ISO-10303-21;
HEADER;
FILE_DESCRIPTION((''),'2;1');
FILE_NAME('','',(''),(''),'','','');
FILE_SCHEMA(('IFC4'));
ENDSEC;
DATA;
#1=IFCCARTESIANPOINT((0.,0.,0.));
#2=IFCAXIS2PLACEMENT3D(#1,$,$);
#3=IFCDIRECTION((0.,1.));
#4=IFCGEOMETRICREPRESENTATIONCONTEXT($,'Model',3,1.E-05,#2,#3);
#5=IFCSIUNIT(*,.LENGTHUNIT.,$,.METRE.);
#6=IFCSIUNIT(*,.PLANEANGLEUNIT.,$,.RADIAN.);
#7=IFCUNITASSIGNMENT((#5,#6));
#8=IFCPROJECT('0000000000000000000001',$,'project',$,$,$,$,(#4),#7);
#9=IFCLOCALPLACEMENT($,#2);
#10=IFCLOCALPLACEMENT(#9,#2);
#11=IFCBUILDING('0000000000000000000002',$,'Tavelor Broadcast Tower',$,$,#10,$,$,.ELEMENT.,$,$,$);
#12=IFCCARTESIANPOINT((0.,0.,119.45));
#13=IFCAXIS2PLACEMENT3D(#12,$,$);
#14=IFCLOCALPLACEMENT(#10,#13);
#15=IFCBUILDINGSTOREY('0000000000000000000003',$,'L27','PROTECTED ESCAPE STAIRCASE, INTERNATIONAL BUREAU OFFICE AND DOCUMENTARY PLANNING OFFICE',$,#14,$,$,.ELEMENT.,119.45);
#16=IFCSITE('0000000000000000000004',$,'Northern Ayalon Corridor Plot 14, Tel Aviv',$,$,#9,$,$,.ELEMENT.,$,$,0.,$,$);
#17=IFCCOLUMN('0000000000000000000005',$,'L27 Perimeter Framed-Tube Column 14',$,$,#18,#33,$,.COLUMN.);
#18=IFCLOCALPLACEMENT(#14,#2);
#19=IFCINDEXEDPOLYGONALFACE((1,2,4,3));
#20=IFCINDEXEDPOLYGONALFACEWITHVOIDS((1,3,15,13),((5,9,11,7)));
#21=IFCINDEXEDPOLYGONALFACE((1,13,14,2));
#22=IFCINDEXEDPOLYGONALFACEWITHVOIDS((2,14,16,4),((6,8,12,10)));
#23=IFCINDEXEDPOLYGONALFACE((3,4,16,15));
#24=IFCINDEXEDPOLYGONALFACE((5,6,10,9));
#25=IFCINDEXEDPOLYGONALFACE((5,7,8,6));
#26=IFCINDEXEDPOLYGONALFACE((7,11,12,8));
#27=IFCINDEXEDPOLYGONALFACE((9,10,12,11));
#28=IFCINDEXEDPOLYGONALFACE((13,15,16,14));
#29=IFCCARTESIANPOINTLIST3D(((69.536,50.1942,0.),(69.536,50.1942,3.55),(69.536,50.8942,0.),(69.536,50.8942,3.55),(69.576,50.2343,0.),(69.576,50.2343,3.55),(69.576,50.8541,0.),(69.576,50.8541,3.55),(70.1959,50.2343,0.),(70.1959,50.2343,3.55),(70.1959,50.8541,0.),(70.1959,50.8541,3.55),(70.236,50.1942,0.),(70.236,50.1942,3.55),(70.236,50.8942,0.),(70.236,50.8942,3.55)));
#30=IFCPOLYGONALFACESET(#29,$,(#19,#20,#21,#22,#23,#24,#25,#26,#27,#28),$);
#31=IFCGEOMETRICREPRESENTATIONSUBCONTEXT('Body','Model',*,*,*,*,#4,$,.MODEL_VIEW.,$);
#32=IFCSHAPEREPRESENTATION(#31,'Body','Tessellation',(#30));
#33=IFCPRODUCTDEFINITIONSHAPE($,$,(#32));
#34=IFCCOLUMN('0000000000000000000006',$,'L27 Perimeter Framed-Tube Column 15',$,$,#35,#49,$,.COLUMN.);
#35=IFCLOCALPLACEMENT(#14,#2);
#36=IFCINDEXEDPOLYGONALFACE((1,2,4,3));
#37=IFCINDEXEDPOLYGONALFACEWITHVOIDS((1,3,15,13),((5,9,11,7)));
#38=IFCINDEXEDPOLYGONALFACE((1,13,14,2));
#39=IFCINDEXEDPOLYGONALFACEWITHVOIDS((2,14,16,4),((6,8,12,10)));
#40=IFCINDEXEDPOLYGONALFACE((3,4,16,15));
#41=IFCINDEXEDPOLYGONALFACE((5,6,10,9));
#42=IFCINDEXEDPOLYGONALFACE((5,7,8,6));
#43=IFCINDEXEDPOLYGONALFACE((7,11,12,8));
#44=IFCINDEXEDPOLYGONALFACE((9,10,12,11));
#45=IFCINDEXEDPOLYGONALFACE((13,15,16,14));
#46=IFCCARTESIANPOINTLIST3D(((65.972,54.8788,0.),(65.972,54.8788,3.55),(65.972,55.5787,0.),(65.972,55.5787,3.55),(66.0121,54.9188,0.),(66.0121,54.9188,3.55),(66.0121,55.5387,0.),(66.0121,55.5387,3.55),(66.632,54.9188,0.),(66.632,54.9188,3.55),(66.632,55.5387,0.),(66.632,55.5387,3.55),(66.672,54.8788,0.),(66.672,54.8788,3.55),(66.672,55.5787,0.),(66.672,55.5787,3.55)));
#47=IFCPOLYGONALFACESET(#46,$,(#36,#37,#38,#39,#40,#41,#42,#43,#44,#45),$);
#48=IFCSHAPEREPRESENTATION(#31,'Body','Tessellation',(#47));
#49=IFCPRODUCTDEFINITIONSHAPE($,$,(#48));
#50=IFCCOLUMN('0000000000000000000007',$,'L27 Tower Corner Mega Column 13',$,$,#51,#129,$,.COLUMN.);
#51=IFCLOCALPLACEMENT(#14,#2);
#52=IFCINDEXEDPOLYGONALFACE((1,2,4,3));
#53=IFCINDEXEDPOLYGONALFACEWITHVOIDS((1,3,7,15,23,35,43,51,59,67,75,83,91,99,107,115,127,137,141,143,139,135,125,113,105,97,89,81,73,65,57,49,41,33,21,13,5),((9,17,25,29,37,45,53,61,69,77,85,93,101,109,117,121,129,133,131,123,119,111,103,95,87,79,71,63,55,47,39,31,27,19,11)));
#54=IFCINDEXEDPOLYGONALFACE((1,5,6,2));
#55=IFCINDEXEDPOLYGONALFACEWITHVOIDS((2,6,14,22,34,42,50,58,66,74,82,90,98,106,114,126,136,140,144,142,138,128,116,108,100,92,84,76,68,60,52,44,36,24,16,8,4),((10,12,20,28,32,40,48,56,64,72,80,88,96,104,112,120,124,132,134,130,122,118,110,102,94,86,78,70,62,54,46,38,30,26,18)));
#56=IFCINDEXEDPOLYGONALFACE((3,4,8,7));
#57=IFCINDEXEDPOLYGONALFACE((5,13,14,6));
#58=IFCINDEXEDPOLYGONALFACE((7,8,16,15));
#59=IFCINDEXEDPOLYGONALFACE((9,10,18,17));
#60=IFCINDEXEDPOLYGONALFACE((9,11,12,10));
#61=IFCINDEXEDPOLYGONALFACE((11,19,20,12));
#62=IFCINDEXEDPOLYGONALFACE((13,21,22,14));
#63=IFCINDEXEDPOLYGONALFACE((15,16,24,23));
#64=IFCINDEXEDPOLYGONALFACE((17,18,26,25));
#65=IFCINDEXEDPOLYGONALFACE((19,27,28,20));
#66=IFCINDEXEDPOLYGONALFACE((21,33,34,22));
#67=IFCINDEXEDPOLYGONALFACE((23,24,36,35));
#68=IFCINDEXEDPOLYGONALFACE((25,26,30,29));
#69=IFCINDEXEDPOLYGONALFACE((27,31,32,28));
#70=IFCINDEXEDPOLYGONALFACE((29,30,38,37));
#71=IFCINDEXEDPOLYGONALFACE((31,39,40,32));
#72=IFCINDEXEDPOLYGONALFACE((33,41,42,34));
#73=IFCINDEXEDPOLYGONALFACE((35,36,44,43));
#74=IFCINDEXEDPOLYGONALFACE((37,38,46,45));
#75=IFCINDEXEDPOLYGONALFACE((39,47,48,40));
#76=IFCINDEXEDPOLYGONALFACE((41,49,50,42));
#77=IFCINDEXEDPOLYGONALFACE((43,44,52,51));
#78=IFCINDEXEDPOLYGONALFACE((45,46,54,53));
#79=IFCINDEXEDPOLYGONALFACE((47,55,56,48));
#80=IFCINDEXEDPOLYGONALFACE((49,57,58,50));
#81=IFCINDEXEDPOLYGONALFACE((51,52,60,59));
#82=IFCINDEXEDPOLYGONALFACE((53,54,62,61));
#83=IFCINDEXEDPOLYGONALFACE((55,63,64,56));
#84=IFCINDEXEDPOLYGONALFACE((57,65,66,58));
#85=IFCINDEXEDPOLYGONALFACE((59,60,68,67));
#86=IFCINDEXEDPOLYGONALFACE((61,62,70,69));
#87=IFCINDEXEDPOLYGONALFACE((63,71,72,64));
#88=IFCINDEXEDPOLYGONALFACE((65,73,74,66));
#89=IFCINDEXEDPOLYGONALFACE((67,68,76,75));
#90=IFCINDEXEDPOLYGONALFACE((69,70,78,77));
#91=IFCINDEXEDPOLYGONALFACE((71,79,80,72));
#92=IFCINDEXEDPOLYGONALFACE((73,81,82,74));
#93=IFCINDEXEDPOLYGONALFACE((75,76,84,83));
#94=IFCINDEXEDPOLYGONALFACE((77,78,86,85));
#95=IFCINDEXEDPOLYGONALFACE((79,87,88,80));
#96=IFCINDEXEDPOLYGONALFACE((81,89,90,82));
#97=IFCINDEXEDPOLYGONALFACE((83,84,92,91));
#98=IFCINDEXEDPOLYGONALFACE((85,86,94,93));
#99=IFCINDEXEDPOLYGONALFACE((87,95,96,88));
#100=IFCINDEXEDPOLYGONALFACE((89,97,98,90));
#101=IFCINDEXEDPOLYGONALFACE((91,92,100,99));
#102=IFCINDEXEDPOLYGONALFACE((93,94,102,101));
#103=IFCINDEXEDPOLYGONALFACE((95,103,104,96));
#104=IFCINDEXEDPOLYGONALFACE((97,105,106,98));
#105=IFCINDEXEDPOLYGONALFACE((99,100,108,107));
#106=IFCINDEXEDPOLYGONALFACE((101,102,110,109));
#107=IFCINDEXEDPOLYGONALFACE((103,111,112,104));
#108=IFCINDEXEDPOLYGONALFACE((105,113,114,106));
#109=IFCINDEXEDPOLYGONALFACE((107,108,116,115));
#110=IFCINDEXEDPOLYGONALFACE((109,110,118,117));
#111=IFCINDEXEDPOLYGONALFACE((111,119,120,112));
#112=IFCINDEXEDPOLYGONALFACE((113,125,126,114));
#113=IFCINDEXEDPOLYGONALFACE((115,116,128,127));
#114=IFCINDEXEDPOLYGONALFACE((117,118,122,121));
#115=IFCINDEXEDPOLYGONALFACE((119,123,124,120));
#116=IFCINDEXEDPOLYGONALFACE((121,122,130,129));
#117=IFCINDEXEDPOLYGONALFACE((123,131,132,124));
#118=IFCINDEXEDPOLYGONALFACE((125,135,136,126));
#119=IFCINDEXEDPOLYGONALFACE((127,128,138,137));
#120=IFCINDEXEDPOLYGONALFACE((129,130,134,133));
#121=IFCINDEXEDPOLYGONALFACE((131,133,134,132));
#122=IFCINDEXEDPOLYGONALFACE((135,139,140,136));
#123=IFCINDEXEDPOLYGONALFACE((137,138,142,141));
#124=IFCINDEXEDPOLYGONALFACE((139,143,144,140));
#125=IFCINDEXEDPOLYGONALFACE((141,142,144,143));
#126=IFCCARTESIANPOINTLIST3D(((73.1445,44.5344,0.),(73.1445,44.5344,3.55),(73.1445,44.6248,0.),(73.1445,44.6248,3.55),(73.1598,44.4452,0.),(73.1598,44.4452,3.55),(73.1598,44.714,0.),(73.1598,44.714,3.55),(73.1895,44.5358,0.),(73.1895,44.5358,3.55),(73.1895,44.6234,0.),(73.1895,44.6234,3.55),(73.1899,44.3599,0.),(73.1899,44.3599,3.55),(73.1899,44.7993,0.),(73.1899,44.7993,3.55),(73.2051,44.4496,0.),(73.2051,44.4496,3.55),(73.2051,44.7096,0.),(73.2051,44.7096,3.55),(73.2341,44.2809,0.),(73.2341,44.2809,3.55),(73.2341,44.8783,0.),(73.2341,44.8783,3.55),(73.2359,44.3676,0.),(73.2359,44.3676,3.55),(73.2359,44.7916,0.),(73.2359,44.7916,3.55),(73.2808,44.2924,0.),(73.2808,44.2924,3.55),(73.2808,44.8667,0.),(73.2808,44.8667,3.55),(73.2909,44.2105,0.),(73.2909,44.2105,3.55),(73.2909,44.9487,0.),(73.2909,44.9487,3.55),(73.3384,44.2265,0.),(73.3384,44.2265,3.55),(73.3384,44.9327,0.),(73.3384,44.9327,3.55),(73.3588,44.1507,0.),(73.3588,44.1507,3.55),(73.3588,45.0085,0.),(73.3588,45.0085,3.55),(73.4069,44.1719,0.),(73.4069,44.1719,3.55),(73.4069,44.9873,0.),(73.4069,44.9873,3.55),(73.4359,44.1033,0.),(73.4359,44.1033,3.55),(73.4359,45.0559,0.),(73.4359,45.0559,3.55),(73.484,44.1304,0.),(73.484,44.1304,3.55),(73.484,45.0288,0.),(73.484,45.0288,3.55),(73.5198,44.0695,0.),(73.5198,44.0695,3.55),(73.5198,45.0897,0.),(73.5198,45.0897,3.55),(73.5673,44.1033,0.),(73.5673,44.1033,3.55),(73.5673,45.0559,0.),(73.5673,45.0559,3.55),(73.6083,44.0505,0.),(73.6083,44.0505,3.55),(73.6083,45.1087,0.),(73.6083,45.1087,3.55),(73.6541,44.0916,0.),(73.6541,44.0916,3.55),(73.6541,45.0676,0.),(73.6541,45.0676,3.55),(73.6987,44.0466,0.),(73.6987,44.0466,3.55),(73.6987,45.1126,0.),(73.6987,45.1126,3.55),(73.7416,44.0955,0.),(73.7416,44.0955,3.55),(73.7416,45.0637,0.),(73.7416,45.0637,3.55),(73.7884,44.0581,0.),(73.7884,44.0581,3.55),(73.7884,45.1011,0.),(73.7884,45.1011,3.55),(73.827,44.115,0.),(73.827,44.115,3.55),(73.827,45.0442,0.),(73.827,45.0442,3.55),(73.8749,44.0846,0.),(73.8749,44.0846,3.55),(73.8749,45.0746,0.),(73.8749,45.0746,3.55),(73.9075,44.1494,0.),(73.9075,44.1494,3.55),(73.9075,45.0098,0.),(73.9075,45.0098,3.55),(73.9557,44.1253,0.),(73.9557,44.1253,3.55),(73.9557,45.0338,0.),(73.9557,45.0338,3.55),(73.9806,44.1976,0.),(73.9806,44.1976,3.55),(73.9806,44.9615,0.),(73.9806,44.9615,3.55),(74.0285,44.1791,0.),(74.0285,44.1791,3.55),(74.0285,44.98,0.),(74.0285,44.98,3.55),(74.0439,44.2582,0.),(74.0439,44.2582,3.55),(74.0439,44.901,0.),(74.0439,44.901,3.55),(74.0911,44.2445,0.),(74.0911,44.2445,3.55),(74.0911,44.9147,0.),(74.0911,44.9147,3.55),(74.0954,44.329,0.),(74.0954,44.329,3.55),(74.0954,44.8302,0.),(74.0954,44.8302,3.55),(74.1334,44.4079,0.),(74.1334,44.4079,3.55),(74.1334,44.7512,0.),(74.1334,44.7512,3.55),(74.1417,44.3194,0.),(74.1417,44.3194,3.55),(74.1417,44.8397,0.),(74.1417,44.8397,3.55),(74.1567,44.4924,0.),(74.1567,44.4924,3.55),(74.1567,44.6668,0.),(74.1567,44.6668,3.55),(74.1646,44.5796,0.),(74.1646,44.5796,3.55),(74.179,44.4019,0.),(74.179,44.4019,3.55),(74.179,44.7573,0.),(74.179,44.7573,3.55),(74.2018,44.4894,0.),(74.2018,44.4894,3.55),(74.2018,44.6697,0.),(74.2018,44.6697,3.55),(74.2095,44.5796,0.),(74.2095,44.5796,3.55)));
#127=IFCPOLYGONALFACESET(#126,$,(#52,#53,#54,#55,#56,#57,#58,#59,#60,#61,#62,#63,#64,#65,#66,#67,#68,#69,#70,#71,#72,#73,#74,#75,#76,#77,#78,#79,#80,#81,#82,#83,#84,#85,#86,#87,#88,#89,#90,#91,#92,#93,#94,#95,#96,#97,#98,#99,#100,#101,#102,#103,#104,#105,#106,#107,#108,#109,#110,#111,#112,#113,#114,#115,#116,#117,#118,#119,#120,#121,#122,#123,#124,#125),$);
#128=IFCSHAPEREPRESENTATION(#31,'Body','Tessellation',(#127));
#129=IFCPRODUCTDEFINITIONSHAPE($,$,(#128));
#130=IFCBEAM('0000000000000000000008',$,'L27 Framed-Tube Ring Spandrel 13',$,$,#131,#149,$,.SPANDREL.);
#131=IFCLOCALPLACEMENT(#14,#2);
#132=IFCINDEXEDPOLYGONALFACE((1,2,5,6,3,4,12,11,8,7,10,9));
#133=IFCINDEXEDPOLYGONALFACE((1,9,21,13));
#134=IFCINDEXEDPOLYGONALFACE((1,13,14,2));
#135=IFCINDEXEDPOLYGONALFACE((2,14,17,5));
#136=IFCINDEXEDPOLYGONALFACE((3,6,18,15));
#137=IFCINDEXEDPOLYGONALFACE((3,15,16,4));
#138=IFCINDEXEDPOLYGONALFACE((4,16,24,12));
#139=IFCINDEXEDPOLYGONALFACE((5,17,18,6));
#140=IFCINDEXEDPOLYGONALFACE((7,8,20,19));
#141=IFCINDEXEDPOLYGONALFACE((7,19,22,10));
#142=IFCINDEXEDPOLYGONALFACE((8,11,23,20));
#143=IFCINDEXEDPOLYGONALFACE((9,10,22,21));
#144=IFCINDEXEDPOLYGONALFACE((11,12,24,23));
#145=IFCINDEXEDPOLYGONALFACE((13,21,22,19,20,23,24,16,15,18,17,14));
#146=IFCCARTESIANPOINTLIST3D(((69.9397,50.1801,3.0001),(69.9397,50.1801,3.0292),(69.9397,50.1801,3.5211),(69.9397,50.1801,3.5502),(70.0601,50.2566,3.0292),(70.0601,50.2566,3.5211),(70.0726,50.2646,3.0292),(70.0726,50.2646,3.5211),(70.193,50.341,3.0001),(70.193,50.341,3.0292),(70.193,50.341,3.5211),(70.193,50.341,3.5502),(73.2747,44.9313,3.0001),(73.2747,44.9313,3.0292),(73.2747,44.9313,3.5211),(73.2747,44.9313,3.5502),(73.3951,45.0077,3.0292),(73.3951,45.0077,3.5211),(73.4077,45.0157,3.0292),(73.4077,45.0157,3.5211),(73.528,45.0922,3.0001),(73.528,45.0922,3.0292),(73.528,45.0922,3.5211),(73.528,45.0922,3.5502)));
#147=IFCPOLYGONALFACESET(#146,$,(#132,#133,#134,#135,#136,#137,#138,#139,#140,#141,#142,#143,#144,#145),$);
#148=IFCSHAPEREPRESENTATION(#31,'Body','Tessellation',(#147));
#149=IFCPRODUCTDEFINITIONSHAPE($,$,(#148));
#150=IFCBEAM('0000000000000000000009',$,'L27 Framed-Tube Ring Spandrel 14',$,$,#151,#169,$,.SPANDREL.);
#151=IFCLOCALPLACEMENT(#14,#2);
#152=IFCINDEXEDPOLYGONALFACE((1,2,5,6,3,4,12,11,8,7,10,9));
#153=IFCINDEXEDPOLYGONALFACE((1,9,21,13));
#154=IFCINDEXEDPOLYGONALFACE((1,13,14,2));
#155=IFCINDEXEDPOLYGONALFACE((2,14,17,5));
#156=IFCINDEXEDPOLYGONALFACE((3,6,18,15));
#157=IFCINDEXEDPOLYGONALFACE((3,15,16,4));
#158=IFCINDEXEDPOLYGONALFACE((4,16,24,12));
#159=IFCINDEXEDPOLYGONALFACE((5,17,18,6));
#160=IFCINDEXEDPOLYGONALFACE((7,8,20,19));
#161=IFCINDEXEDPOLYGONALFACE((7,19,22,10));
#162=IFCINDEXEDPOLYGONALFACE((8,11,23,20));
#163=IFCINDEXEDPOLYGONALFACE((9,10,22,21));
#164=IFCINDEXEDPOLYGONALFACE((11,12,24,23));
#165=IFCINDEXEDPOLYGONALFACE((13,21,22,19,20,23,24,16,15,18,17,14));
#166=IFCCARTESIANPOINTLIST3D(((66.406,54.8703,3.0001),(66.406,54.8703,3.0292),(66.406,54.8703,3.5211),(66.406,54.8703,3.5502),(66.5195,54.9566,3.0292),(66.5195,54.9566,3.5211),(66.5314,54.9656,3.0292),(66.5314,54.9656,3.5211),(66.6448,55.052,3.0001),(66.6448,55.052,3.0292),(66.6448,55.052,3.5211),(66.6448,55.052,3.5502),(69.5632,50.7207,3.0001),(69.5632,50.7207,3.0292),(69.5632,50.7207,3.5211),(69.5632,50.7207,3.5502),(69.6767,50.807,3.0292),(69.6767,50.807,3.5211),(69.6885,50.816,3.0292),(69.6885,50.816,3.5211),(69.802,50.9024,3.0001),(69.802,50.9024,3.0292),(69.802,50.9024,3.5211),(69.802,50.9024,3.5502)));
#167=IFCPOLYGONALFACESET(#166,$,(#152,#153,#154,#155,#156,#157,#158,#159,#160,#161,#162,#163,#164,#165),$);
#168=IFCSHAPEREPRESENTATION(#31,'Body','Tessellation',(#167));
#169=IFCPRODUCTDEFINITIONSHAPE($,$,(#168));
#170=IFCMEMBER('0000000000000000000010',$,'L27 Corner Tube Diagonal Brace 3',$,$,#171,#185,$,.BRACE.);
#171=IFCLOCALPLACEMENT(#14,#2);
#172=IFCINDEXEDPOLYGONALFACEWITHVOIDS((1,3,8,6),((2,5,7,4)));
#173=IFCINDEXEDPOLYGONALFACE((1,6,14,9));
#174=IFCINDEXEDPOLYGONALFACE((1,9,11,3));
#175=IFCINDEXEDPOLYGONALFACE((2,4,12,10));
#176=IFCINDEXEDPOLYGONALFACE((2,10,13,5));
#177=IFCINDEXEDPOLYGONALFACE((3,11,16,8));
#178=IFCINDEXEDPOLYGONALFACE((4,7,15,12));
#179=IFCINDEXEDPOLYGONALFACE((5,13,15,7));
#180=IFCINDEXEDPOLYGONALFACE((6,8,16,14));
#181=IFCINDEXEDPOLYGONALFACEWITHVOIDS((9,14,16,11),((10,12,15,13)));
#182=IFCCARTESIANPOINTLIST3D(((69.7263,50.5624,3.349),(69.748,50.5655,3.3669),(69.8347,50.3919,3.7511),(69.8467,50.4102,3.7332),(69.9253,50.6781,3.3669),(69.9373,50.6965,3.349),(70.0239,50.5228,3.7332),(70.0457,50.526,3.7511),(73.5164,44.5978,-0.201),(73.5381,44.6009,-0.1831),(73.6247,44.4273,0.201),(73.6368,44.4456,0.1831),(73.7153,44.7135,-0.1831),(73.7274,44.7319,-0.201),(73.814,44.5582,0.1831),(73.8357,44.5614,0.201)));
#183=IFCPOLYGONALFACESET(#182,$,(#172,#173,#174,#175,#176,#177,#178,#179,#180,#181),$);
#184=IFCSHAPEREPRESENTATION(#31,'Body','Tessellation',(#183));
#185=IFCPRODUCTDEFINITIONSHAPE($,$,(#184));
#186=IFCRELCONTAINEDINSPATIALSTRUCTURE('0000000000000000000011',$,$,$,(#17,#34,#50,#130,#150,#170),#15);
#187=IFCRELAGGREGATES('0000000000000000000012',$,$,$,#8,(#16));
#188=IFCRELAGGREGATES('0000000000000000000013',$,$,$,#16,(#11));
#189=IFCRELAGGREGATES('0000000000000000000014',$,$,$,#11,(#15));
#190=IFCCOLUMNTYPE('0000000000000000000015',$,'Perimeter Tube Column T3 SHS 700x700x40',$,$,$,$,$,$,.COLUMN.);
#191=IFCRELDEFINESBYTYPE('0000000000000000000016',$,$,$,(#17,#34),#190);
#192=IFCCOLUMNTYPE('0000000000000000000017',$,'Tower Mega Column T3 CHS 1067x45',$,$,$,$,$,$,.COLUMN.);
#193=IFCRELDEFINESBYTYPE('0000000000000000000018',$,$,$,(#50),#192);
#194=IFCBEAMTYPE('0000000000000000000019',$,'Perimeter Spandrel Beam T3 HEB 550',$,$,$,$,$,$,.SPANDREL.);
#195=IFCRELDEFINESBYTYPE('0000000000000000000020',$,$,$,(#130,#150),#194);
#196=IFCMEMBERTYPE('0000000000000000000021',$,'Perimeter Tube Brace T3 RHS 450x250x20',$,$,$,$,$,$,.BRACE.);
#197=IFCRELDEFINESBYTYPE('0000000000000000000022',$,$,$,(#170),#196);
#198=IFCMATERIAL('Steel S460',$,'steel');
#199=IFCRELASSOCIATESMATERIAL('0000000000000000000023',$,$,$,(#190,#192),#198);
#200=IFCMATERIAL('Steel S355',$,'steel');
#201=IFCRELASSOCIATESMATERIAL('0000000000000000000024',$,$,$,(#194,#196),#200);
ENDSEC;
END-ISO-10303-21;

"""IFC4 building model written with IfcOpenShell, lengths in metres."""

from ifc_helpers import new_model, si_unit, direction, frame, origin, origin_2d, place, context, subcontext, project, spatial, hollow_rectangle, hollow_circle, i_section, extrude, material, material_profile, profile_set, type_object, element, save


model = new_model("IFC4")

# Units and contexts
model_context = context("Model", 3, precision=1e-05, world=origin(), true_north=direction((0.0, 1.0)))
body_context = subcontext(model_context, "Body", "Model", "MODEL_VIEW")
ifc_project = project(units=[si_unit("LENGTHUNIT", "METRE"), si_unit("PLANEANGLEUNIT", "RADIAN")], contexts=[model_context])

# Site, building, storey
site_placement = place(None, origin())
site = spatial("IfcSite", under=ifc_project, at=site_placement, Name="Northern Ayalon Corridor Plot 14, Tel Aviv", CompositionType="ELEMENT", RefElevation=0.0)
building_placement = place(site_placement, origin())
building = spatial("IfcBuilding", under=site, at=building_placement, Name="Tavelor Broadcast Tower", CompositionType="ELEMENT")
storey_placement = place(building_placement, frame((0.0, 0.0, 119.45)))
storey = spatial("IfcBuildingStorey", under=building, at=storey_placement, Name="L27", Description="PROTECTED ESCAPE STAIRCASE, INTERNATIONAL BUREAU OFFICE AND DOCUMENTARY PLANNING OFFICE", CompositionType="ELEMENT", Elevation=119.45)

# Columns
ifc_material_1 = material(Name="Steel S460", Category="steel")
ifc_material_profile_1 = material_profile(ifc_material_1, hollow_rectangle(XDim=0.7, YDim=0.7, WallThickness=0.04, at=origin_2d()), Name="SHS 700x700x40")
ifc_profile_set_1 = profile_set([ifc_material_profile_1], Name="Steel S460")
column_type_1 = type_object("IfcColumnType", Name="Perimeter Tube Column T3 SHS 700x700x40", PredefinedType="COLUMN", material=ifc_profile_set_1)
for number, where, z_axis, x_axis, name in (
    (1, (69.886, 50.5442, 0.0), (0.0, 0.0, 1.0), (1.0, 0.0, 0.0), "L27 Perimeter Framed-Tube Column 14"),
    (2, (66.322, 55.2288, 0.0), (0.0, 0.0, 1.0), (1.0, 0.0, 0.0), "L27 Perimeter Framed-Tube Column 15"),
):
    element("IfcColumn", number, at=place(storey_placement, frame(where, z_axis=z_axis, x_axis=x_axis)), inside=storey, type_object=column_type_1, Name=name, PredefinedType="COLUMN", context=body_context, shape_type="SweptSolid", body=[
        extrude(hollow_rectangle(XDim=0.7, YDim=0.7, WallThickness=0.04, at=origin_2d()), origin(), (0.0, 0.0, 1.0), 3.55),
    ])
ifc_material_profile_2 = material_profile(ifc_material_1, hollow_circle(Radius=0.5334, WallThickness=0.0449, at=origin_2d()), Name="CHS 1067x45")
ifc_profile_set_2 = profile_set([ifc_material_profile_2], Name="Steel S460")
column_type_2 = type_object("IfcColumnType", Name="Tower Mega Column T3 CHS 1067x45", PredefinedType="COLUMN", material=ifc_profile_set_2)
column_placement = place(storey_placement, frame((73.676, 44.5796, 0.0), z_axis=(0.0, 0.0, 1.0), x_axis=(1.0, 0.0, 0.0)))
element("IfcColumn", 3, at=column_placement, inside=storey, type_object=column_type_2, Name="L27 Tower Corner Mega Column 13", PredefinedType="COLUMN", context=body_context, shape_type="SweptSolid", body=[
    extrude(hollow_circle(Radius=0.5334, WallThickness=0.0449, at=origin_2d()), origin(), (0.0, 0.0, 1.0), 3.55),
])

# Beams
ifc_material_2 = material(Name="Steel S355", Category="steel")
ifc_material_profile_3 = material_profile(ifc_material_2, i_section(OverallWidth=0.3, OverallDepth=0.55, WebThickness=0.0149, FlangeThickness=0.0291, at=origin_2d()), Name="HEB 550")
ifc_profile_set_3 = profile_set([ifc_material_profile_3], Name="Steel S355")
beam_type = type_object("IfcBeamType", Name="Perimeter Spandrel Beam T3 HEB 550", PredefinedType="SPANDREL", material=ifc_profile_set_3)
beam_1_placement = place(storey_placement, frame((73.4014, 45.0117, 3.2751), z_axis=(-0.536283, 0.844038, 0.0), x_axis=(-0.844038, -0.536283, 0.0)))
element("IfcBeam", 4, at=beam_1_placement, inside=storey, type_object=beam_type, Name="L27 Framed-Tube Ring Spandrel 13", PredefinedType="SPANDREL", context=body_context, shape_type="SweptSolid", body=[
    extrude(i_section(OverallWidth=0.3, OverallDepth=0.55, WebThickness=0.0149, FlangeThickness=0.0291, at=origin_2d()), origin(), (0.0, 0.0, 1.0), 6.2188),
])
beam_2_placement = place(storey_placement, frame((69.6826, 50.8115, 3.2751), z_axis=(-0.605507, 0.79584, 0.0), x_axis=(-0.79584, -0.605507, 0.0)))
element("IfcBeam", 5, at=beam_2_placement, inside=storey, type_object=beam_type, Name="L27 Framed-Tube Ring Spandrel 14", PredefinedType="SPANDREL", context=body_context, shape_type="SweptSolid", body=[
    extrude(i_section(OverallWidth=0.3, OverallDepth=0.55, WebThickness=0.0149, FlangeThickness=0.0291, at=origin_2d()), origin(), (0.0, 0.0, 1.0), 5.2141),
])

# Member
ifc_material_profile_4 = material_profile(ifc_material_2, hollow_rectangle(XDim=0.25, YDim=0.45, WallThickness=0.02, at=origin_2d()), Name="RHS 450x250x20")
ifc_profile_set_4 = profile_set([ifc_material_profile_4], Name="Steel S355")
member_type_1 = type_object("IfcMemberType", Name="Perimeter Tube Brace T3 RHS 450x250x20", PredefinedType="BRACE", material=ifc_profile_set_4)
member_1_placement = place(storey_placement, frame((73.676, 44.5796, 0.0), z_axis=(-0.479239, 0.754205, 0.448893), x_axis=(-0.844021, -0.53631, 0.0)))
element("IfcMember", 6, at=member_1_placement, inside=storey, type_object=member_type_1, Name="L27 Corner Tube Diagonal Brace 3", PredefinedType="BRACE", context=body_context, shape_type="SweptSolid", body=[
    extrude(hollow_rectangle(XDim=0.25, YDim=0.45, WallThickness=0.02, at=origin_2d()), origin(), (0.0, 0.0, 1.0), 7.9084),
])

save(model, "model.ifc")
